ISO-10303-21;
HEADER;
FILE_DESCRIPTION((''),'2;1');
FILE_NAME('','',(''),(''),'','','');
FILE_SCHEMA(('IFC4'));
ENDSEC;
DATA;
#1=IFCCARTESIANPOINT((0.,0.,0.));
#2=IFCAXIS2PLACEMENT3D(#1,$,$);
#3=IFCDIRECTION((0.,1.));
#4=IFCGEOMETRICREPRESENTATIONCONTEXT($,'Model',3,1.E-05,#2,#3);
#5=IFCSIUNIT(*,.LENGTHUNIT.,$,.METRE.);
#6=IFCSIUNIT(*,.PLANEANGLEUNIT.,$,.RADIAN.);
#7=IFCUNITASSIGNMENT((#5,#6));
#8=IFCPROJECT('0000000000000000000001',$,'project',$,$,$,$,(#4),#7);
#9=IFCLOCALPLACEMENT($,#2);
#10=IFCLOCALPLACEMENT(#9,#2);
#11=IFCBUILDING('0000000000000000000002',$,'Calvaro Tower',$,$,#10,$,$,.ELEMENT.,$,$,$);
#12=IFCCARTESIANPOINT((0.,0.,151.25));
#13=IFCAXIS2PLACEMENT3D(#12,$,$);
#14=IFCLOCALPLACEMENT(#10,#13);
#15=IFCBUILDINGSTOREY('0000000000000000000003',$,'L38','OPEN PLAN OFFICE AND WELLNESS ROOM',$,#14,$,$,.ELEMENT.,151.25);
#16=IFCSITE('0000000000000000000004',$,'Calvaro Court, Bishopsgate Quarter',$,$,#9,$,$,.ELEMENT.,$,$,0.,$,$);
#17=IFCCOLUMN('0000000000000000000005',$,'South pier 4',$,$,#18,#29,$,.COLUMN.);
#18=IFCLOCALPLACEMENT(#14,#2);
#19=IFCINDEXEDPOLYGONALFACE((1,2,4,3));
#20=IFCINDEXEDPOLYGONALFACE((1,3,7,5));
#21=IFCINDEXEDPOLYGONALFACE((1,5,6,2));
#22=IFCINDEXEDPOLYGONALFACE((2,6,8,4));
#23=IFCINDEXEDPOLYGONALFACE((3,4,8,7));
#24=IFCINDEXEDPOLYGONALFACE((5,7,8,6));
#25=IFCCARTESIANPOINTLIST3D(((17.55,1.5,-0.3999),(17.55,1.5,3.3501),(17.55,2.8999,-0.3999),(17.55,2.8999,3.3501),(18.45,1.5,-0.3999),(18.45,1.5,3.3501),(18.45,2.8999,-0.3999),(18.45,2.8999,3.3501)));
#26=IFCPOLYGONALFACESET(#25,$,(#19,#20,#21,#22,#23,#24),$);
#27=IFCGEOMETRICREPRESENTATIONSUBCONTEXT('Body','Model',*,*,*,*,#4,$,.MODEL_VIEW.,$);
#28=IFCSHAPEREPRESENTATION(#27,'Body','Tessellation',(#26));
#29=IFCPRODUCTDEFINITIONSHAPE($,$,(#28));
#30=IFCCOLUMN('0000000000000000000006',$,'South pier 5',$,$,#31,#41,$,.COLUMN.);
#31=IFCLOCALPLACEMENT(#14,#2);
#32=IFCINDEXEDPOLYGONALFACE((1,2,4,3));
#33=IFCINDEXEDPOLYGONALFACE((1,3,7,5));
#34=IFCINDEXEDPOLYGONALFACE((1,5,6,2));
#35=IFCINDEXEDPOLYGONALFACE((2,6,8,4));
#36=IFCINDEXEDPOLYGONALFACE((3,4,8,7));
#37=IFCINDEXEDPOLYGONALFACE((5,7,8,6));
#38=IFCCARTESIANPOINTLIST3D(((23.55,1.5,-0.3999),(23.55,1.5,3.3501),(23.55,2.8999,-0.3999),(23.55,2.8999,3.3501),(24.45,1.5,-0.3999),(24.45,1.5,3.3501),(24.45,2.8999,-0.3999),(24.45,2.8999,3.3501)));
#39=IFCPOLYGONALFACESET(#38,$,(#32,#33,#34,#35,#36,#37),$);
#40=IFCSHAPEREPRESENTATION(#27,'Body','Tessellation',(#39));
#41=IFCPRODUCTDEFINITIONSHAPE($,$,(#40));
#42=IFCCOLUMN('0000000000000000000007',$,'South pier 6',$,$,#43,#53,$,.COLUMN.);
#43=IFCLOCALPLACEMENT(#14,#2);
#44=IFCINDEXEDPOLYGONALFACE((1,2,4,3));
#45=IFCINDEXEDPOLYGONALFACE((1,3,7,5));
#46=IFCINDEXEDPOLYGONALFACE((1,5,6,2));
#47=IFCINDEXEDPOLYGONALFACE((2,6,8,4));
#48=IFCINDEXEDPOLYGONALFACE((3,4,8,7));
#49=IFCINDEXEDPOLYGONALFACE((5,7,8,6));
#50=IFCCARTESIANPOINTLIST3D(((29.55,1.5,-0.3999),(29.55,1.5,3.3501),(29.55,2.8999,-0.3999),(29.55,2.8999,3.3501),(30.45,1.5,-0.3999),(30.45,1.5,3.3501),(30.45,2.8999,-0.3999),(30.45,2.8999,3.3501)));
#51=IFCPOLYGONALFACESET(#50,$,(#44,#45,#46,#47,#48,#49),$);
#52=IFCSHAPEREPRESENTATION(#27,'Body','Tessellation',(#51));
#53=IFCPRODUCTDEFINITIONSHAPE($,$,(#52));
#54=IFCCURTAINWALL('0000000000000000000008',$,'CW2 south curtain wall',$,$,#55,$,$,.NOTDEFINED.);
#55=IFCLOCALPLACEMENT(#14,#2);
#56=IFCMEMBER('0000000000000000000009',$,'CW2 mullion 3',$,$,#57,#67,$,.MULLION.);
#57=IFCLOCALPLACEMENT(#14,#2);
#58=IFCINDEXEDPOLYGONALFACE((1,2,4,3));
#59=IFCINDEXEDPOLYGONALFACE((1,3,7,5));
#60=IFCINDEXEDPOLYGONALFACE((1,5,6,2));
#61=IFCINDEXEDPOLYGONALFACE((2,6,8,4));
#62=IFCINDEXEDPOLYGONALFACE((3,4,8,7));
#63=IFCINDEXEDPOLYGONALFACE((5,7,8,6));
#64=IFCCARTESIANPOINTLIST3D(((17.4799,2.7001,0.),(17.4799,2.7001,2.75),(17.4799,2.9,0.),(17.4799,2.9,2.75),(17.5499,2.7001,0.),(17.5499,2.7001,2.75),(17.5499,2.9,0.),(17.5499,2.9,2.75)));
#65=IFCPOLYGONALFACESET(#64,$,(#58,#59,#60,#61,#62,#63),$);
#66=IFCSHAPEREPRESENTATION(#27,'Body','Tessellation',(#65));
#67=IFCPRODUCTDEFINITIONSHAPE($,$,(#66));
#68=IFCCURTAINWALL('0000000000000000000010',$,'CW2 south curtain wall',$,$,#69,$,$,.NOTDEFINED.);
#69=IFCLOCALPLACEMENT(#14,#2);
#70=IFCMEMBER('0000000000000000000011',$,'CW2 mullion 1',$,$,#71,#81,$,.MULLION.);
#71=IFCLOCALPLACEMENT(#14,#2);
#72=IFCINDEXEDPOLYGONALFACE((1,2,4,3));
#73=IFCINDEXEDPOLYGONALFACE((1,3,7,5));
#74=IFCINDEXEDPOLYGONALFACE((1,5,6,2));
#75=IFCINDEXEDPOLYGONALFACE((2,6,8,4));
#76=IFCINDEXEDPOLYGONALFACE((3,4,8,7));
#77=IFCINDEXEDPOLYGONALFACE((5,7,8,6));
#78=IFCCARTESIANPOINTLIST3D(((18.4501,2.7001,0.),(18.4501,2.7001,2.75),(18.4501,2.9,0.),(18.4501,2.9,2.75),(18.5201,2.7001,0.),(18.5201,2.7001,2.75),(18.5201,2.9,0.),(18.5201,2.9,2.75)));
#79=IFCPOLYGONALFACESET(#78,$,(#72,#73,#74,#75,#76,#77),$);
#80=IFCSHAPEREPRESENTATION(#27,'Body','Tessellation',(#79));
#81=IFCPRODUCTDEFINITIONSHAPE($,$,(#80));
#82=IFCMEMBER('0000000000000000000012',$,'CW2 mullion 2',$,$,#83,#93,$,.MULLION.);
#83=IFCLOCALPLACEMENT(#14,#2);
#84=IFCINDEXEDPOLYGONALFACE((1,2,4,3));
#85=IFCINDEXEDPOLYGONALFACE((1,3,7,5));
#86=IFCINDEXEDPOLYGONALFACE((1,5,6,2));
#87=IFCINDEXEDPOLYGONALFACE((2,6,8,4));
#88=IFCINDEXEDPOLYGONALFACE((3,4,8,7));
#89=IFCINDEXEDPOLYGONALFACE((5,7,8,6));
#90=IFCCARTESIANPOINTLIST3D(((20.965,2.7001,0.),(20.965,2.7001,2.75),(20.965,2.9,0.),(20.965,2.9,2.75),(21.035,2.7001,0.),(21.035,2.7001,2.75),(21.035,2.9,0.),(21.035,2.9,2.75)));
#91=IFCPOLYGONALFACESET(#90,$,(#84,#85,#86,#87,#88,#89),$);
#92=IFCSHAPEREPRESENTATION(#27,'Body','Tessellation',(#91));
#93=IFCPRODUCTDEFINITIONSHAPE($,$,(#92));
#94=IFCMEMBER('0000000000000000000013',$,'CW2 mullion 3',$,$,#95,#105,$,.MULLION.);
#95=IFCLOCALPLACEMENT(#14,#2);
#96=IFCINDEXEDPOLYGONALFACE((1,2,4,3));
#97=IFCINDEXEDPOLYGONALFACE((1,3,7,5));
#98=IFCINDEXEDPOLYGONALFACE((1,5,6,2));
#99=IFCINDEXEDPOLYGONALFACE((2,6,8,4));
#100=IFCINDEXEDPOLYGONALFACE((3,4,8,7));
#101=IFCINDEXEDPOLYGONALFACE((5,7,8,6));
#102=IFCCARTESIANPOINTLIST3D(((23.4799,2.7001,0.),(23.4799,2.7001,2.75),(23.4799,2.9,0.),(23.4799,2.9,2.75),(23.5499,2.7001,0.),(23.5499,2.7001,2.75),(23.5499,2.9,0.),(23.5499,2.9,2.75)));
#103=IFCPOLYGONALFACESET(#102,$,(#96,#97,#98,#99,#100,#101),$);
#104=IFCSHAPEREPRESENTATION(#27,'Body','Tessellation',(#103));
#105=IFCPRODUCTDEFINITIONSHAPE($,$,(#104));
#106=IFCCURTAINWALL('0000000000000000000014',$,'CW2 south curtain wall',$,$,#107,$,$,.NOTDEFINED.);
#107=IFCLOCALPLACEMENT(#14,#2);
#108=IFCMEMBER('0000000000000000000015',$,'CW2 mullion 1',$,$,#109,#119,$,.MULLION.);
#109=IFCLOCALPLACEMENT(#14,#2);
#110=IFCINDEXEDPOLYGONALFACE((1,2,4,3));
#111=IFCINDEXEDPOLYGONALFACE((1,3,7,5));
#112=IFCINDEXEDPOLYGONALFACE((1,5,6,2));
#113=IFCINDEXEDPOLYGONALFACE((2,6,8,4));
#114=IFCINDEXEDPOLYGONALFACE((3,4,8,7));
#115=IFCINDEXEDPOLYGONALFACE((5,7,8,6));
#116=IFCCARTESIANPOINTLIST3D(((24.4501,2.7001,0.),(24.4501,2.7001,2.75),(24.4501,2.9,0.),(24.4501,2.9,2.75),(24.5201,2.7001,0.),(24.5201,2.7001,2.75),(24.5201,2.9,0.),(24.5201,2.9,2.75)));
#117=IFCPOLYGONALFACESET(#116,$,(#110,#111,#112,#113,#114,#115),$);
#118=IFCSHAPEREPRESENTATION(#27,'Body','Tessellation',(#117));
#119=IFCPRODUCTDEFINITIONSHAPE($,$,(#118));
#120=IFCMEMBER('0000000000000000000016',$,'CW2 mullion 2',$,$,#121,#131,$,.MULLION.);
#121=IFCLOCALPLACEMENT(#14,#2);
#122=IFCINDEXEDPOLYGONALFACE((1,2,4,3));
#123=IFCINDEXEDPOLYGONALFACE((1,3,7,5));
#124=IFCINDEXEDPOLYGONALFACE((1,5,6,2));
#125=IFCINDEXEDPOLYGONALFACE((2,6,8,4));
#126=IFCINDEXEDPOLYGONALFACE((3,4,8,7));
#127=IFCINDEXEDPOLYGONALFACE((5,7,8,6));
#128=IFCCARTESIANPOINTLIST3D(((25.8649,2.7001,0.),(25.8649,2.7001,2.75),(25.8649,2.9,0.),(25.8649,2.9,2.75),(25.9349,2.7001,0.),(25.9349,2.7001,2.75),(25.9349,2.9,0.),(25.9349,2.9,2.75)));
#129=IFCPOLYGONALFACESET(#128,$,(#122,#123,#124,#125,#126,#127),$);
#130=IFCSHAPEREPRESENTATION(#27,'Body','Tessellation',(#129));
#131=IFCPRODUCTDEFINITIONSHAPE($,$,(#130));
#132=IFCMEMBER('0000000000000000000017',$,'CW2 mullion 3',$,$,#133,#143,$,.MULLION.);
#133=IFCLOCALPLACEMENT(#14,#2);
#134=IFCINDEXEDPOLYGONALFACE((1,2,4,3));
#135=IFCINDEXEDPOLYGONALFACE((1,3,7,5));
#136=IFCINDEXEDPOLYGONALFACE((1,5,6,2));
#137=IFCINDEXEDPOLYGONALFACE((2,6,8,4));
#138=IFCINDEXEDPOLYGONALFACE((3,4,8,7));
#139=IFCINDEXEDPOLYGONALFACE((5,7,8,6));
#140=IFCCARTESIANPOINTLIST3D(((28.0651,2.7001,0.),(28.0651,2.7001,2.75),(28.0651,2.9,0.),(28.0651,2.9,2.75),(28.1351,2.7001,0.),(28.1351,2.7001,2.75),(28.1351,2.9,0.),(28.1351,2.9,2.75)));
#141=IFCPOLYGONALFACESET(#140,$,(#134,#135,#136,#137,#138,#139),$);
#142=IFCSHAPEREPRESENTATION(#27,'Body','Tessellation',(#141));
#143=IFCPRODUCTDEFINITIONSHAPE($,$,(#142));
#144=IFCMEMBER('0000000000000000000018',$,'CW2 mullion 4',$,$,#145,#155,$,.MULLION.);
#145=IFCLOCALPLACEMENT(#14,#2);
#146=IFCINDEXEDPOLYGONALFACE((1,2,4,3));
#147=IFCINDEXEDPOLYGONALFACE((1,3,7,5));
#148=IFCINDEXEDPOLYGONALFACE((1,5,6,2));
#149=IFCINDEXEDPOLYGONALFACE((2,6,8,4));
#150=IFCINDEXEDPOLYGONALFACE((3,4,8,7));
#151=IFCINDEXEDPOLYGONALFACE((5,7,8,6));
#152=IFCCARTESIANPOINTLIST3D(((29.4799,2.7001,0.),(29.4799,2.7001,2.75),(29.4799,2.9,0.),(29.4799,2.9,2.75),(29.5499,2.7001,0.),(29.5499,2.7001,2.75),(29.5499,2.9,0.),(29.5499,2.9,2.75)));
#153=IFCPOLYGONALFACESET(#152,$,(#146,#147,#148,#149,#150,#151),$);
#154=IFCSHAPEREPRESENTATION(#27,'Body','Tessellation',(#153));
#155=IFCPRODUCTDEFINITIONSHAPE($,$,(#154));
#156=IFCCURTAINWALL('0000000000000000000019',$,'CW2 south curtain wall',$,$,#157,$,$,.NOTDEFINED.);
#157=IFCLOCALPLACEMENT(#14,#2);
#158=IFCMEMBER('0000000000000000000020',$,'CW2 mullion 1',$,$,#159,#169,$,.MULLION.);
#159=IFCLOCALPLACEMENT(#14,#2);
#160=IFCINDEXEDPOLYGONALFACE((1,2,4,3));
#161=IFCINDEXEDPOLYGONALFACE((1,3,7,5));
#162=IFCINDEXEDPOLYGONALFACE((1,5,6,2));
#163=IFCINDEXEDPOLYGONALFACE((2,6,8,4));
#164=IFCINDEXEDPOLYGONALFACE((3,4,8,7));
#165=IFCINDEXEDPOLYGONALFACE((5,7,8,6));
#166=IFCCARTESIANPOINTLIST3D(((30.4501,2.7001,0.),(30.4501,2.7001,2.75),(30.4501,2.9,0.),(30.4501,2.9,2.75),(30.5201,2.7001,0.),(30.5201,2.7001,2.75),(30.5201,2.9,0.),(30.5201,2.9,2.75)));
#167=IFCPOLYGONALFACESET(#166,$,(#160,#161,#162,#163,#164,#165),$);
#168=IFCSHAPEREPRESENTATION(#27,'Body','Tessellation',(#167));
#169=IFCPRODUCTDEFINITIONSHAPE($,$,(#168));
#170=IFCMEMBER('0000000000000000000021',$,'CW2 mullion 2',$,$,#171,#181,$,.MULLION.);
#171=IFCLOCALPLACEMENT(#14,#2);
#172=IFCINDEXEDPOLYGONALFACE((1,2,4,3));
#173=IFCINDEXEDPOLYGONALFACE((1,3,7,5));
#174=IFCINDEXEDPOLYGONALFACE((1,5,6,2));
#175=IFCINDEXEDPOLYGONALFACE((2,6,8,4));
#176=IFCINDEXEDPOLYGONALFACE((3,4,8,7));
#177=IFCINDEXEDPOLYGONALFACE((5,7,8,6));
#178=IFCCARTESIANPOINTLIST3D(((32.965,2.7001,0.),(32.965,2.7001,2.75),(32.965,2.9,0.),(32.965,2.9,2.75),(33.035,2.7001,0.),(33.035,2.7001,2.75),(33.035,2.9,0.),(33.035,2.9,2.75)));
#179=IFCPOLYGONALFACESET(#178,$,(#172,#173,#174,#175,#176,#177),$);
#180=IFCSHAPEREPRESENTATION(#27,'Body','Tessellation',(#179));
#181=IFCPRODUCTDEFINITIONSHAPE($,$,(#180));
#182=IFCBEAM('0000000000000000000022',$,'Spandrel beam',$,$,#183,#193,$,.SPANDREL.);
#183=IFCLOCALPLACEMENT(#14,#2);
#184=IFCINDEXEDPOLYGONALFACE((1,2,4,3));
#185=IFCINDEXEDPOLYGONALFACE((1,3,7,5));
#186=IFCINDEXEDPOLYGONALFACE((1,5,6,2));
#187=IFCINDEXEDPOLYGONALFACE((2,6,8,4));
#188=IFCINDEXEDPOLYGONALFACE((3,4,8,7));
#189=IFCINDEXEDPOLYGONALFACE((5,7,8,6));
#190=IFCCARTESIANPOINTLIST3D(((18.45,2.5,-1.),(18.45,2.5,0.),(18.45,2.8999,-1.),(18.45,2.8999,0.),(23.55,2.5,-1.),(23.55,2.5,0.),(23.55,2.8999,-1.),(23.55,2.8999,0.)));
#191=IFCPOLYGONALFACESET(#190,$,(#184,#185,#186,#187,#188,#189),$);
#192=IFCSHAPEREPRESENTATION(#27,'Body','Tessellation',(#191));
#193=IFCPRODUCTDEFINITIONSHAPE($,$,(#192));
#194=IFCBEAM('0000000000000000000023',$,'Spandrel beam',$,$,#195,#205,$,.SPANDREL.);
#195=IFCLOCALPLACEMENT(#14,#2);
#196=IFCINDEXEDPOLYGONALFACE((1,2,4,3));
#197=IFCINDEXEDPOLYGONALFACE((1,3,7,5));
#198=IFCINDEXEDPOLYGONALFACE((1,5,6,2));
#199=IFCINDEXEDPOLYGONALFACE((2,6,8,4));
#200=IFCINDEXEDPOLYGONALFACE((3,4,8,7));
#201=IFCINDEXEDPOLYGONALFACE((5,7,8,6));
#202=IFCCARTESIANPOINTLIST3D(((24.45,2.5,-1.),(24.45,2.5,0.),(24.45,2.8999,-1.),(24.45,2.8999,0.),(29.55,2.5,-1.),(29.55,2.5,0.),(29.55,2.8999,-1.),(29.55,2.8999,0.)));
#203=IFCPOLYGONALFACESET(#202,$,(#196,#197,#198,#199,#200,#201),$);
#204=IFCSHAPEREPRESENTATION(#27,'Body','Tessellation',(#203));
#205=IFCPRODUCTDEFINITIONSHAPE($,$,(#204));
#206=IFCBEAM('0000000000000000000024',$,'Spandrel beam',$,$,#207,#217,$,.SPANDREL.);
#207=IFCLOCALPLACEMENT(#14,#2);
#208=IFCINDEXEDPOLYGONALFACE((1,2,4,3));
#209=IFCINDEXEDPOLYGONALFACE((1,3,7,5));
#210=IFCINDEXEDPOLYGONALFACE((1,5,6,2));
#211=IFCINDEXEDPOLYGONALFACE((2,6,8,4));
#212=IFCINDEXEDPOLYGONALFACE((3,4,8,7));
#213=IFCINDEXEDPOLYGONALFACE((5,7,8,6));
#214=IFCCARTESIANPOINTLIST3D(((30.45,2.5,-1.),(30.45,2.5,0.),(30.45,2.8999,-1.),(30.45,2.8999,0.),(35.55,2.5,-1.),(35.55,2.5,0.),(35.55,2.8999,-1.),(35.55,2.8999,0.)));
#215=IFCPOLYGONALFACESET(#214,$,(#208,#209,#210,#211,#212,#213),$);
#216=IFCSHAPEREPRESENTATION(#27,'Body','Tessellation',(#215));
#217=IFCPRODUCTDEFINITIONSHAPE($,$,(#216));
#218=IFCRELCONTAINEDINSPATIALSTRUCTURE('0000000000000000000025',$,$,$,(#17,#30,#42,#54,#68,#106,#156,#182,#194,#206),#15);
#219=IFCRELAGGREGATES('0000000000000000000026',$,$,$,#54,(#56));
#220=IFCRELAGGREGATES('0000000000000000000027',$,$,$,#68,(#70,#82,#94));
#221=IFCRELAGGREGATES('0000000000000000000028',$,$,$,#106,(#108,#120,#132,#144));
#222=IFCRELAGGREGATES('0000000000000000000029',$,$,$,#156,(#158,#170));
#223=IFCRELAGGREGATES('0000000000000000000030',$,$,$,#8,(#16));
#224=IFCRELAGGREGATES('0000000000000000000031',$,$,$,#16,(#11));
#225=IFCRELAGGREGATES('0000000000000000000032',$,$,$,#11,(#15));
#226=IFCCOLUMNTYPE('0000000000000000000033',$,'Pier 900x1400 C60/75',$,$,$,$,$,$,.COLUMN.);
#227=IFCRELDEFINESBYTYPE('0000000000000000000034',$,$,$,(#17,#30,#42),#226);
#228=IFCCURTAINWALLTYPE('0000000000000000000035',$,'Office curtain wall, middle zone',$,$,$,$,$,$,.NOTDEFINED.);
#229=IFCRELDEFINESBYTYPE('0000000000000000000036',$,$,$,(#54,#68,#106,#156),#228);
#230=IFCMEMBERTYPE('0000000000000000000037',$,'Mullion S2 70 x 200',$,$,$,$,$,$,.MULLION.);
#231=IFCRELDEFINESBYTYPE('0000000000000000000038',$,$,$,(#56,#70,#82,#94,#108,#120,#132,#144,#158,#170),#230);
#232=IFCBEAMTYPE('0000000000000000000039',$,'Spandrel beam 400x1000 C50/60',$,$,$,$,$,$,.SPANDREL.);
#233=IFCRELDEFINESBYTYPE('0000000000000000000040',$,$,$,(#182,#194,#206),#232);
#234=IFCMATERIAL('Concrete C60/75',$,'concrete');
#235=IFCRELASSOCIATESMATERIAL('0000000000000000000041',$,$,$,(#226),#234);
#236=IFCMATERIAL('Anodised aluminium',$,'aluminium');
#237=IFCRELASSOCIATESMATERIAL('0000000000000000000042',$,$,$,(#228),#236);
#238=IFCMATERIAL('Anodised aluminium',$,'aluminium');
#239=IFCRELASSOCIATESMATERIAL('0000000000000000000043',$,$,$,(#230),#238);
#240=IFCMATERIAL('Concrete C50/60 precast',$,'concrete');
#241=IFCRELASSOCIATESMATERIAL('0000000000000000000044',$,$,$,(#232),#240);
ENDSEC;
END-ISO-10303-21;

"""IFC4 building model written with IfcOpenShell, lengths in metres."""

from ifc_helpers import new_model, si_unit, direction, frame, origin, origin_2d, place, context, subcontext, project, spatial, rectangle, extrude, material, material_profile, profile_set, type_object, element, aggregate, save


model = new_model("IFC4")

# Units and contexts
model_context = context("Model", 3, precision=1e-05, world=origin(), true_north=direction((0.0, 1.0)))
body_context = subcontext(model_context, "Body", "Model", "MODEL_VIEW")
ifc_project = project(units=[si_unit("LENGTHUNIT", "METRE"), si_unit("PLANEANGLEUNIT", "RADIAN")], contexts=[model_context])

# Site, building, storey
site_placement = place(None, origin())
site = spatial("IfcSite", under=ifc_project, at=site_placement, Name="Calvaro Court, Bishopsgate Quarter", CompositionType="ELEMENT", RefElevation=0.0)
building_placement = place(site_placement, origin())
building = spatial("IfcBuilding", under=site, at=building_placement, Name="Calvaro Tower", CompositionType="ELEMENT")
storey_placement = place(building_placement, frame((0.0, 0.0, 151.25)))
storey = spatial("IfcBuildingStorey", under=building, at=storey_placement, Name="L38", Description="OPEN PLAN OFFICE AND WELLNESS ROOM", CompositionType="ELEMENT", Elevation=151.25)

# Columns
ifc_material_1 = material(Name="Concrete C60/75", Category="concrete")
ifc_material_profile_1 = material_profile(ifc_material_1, rectangle(XDim=0.8999, YDim=1.3999, at=origin_2d()), Name="RC 900x1400")
ifc_profile_set_1 = profile_set([ifc_material_profile_1], Name="Concrete C60/75")
column_type = type_object("IfcColumnType", Name="Pier 900x1400 C60/75", PredefinedType="COLUMN", material=ifc_profile_set_1)
for number, where, z_axis, x_axis, name in (
    (1, (18.0, 2.2, -0.3999), (0.0, 0.0, 1.0), (1.0, 0.0, 0.0), "South pier 4"),
    (2, (24.0, 2.2, -0.3999), (0.0, 0.0, 1.0), (1.0, 0.0, 0.0), "South pier 5"),
    (3, (30.0, 2.2, -0.3999), (0.0, 0.0, 1.0), (1.0, 0.0, 0.0), "South pier 6"),
):
    element("IfcColumn", number, at=place(storey_placement, frame(where, z_axis=z_axis, x_axis=x_axis)), inside=storey, type_object=column_type, Name=name, PredefinedType="COLUMN", context=body_context, shape_type="SweptSolid", body=[
        extrude(rectangle(XDim=0.8999, YDim=1.3999, at=origin_2d()), origin(), (0.0, 0.0, 1.0), 3.75),
    ])

# Curtain wall, member
ifc_material_2 = material(Name="Anodised aluminium", Category="aluminium")
curtain_wall_type = type_object("IfcCurtainWallType", Name="Office curtain wall, middle zone", PredefinedType="NOTDEFINED", material=ifc_material_2)
curtain_wall_1_placement = place(storey_placement, origin())
curtain_wall_1 = element("IfcCurtainWall", 4, at=curtain_wall_1_placement, inside=storey, type_object=curtain_wall_type, Name="CW2 south curtain wall", PredefinedType="NOTDEFINED")
ifc_material_3 = material(Name="Anodised aluminium", Category="aluminium")
ifc_material_profile_2 = material_profile(ifc_material_3, rectangle(XDim=0.2, YDim=0.0701, at=origin_2d()), Name="Mullion S2 70 x 200")
ifc_profile_set_2 = profile_set([ifc_material_profile_2], Name="Anodised aluminium")
member_type_1 = type_object("IfcMemberType", Name="Mullion S2 70 x 200", PredefinedType="MULLION", material=ifc_profile_set_2)
member_1_placement = place(storey_placement, frame((17.5149, 2.8, 0.0), z_axis=(0.0, 0.0, 1.0), x_axis=(0.0, 1.0, 0.0)))
member_1 = element("IfcMember", 5, at=member_1_placement, type_object=member_type_1, Name="CW2 mullion 3", PredefinedType="MULLION", context=body_context, shape_type="SweptSolid", body=[
    extrude(rectangle(XDim=0.2, YDim=0.0701, at=origin_2d()), origin(), (0.0, 0.0, 1.0), 2.75),
])

# Curtain walls, members
curtain_wall_2_placement = place(storey_placement, origin())
curtain_wall_2 = element("IfcCurtainWall", 6, at=curtain_wall_2_placement, inside=storey, type_object=curtain_wall_type, Name="CW2 south curtain wall", PredefinedType="NOTDEFINED")
member_2_placement = place(storey_placement, frame((18.4851, 2.8, 0.0), z_axis=(0.0, 0.0, 1.0), x_axis=(0.0, 1.0, 0.0)))
member_2 = element("IfcMember", 7, at=member_2_placement, type_object=member_type_1, Name="CW2 mullion 1", PredefinedType="MULLION", context=body_context, shape_type="SweptSolid", body=[
    extrude(rectangle(XDim=0.2, YDim=0.0701, at=origin_2d()), origin(), (0.0, 0.0, 1.0), 2.75),
])
member_3_placement = place(storey_placement, frame((21.0, 2.8, 0.0), z_axis=(0.0, 0.0, 1.0), x_axis=(0.0, 1.0, 0.0)))
member_3 = element("IfcMember", 8, at=member_3_placement, type_object=member_type_1, Name="CW2 mullion 2", PredefinedType="MULLION", context=body_context, shape_type="SweptSolid", body=[
    extrude(rectangle(XDim=0.2, YDim=0.0701, at=origin_2d()), origin(), (0.0, 0.0, 1.0), 2.75),
])
member_4_placement = place(storey_placement, frame((23.5149, 2.8, 0.0), z_axis=(0.0, 0.0, 1.0), x_axis=(0.0, 1.0, 0.0)))
member_4 = element("IfcMember", 9, at=member_4_placement, type_object=member_type_1, Name="CW2 mullion 3", PredefinedType="MULLION", context=body_context, shape_type="SweptSolid", body=[
    extrude(rectangle(XDim=0.2, YDim=0.0701, at=origin_2d()), origin(), (0.0, 0.0, 1.0), 2.75),
])
curtain_wall_3_placement = place(storey_placement, origin())
curtain_wall_3 = element("IfcCurtainWall", 10, at=curtain_wall_3_placement, inside=storey, type_object=curtain_wall_type, Name="CW2 south curtain wall", PredefinedType="NOTDEFINED")
member_5_placement = place(storey_placement, frame((24.4851, 2.8, 0.0), z_axis=(0.0, 0.0, 1.0), x_axis=(0.0, 1.0, 0.0)))
member_5 = element("IfcMember", 11, at=member_5_placement, type_object=member_type_1, Name="CW2 mullion 1", PredefinedType="MULLION", context=body_context, shape_type="SweptSolid", body=[
    extrude(rectangle(XDim=0.2, YDim=0.0701, at=origin_2d()), origin(), (0.0, 0.0, 1.0), 2.75),
])
member_6_placement = place(storey_placement, frame((25.8999, 2.8, 0.0), z_axis=(0.0, 0.0, 1.0), x_axis=(0.0, 1.0, 0.0)))
member_6 = element("IfcMember", 12, at=member_6_placement, type_object=member_type_1, Name="CW2 mullion 2", PredefinedType="MULLION", context=body_context, shape_type="SweptSolid", body=[
    extrude(rectangle(XDim=0.2, YDim=0.0701, at=origin_2d()), origin(), (0.0, 0.0, 1.0), 2.75),
])
member_7_placement = place(storey_placement, frame((28.1001, 2.8, 0.0), z_axis=(0.0, 0.0, 1.0), x_axis=(0.0, 1.0, 0.0)))
member_7 = element("IfcMember", 13, at=member_7_placement, type_object=member_type_1, Name="CW2 mullion 3", PredefinedType="MULLION", context=body_context, shape_type="SweptSolid", body=[
    extrude(rectangle(XDim=0.2, YDim=0.0701, at=origin_2d()), origin(), (0.0, 0.0, 1.0), 2.75),
])
member_8_placement = place(storey_placement, frame((29.5149, 2.8, 0.0), z_axis=(0.0, 0.0, 1.0), x_axis=(0.0, 1.0, 0.0)))
member_8 = element("IfcMember", 14, at=member_8_placement, type_object=member_type_1, Name="CW2 mullion 4", PredefinedType="MULLION", context=body_context, shape_type="SweptSolid", body=[
    extrude(rectangle(XDim=0.2, YDim=0.0701, at=origin_2d()), origin(), (0.0, 0.0, 1.0), 2.75),
])
curtain_wall_4_placement = place(storey_placement, origin())
curtain_wall_4 = element("IfcCurtainWall", 15, at=curtain_wall_4_placement, inside=storey, type_object=curtain_wall_type, Name="CW2 south curtain wall", PredefinedType="NOTDEFINED")
member_9_placement = place(storey_placement, frame((30.4851, 2.8, 0.0), z_axis=(0.0, 0.0, 1.0), x_axis=(0.0, 1.0, 0.0)))
member_9 = element("IfcMember", 16, at=member_9_placement, type_object=member_type_1, Name="CW2 mullion 1", PredefinedType="MULLION", context=body_context, shape_type="SweptSolid", body=[
    extrude(rectangle(XDim=0.2, YDim=0.0701, at=origin_2d()), origin(), (0.0, 0.0, 1.0), 2.75),
])
member_10_placement = place(storey_placement, frame((33.0, 2.8, 0.0), z_axis=(0.0, 0.0, 1.0), x_axis=(0.0, 1.0, 0.0)))
member_10 = element("IfcMember", 17, at=member_10_placement, type_object=member_type_1, Name="CW2 mullion 2", PredefinedType="MULLION", context=body_context, shape_type="SweptSolid", body=[
    extrude(rectangle(XDim=0.2, YDim=0.0701, at=origin_2d()), origin(), (0.0, 0.0, 1.0), 2.75),
])

# Beams
ifc_material_4 = material(Name="Concrete C50/60 precast", Category="concrete")
ifc_material_profile_3 = material_profile(ifc_material_4, rectangle(XDim=0.3999, YDim=1.0, at=origin_2d()), Name="RC 400x1000")
ifc_profile_set_3 = profile_set([ifc_material_profile_3], Name="Concrete C50/60 precast")
beam_type = type_object("IfcBeamType", Name="Spandrel beam 400x1000 C50/60", PredefinedType="SPANDREL", material=ifc_profile_set_3)
for number, where, z_axis, x_axis, name in (
    (18, (18.45, 2.7, -0.5), (1.0, 0.0, 0.0), (0.0, 1.0, 0.0), "Spandrel beam"),
    (19, (24.45, 2.7, -0.5), (1.0, 0.0, 0.0), (0.0, 1.0, 0.0), "Spandrel beam"),
    (20, (30.45, 2.7, -0.5), (1.0, 0.0, 0.0), (0.0, 1.0, 0.0), "Spandrel beam"),
):
    element("IfcBeam", number, at=place(storey_placement, frame(where, z_axis=z_axis, x_axis=x_axis)), inside=storey, type_object=beam_type, Name=name, PredefinedType="SPANDREL", context=body_context, shape_type="SweptSolid", body=[
        extrude(rectangle(XDim=0.3999, YDim=1.0, at=origin_2d()), origin(), (0.0, 0.0, 1.0), 5.1001),
    ])

aggregate(curtain_wall_1, [member_1])
aggregate(curtain_wall_2, [member_2, member_3, member_4])
aggregate(curtain_wall_3, [member_5, member_6, member_7, member_8])
aggregate(curtain_wall_4, [member_9, member_10])

save(model, "model.ifc")
